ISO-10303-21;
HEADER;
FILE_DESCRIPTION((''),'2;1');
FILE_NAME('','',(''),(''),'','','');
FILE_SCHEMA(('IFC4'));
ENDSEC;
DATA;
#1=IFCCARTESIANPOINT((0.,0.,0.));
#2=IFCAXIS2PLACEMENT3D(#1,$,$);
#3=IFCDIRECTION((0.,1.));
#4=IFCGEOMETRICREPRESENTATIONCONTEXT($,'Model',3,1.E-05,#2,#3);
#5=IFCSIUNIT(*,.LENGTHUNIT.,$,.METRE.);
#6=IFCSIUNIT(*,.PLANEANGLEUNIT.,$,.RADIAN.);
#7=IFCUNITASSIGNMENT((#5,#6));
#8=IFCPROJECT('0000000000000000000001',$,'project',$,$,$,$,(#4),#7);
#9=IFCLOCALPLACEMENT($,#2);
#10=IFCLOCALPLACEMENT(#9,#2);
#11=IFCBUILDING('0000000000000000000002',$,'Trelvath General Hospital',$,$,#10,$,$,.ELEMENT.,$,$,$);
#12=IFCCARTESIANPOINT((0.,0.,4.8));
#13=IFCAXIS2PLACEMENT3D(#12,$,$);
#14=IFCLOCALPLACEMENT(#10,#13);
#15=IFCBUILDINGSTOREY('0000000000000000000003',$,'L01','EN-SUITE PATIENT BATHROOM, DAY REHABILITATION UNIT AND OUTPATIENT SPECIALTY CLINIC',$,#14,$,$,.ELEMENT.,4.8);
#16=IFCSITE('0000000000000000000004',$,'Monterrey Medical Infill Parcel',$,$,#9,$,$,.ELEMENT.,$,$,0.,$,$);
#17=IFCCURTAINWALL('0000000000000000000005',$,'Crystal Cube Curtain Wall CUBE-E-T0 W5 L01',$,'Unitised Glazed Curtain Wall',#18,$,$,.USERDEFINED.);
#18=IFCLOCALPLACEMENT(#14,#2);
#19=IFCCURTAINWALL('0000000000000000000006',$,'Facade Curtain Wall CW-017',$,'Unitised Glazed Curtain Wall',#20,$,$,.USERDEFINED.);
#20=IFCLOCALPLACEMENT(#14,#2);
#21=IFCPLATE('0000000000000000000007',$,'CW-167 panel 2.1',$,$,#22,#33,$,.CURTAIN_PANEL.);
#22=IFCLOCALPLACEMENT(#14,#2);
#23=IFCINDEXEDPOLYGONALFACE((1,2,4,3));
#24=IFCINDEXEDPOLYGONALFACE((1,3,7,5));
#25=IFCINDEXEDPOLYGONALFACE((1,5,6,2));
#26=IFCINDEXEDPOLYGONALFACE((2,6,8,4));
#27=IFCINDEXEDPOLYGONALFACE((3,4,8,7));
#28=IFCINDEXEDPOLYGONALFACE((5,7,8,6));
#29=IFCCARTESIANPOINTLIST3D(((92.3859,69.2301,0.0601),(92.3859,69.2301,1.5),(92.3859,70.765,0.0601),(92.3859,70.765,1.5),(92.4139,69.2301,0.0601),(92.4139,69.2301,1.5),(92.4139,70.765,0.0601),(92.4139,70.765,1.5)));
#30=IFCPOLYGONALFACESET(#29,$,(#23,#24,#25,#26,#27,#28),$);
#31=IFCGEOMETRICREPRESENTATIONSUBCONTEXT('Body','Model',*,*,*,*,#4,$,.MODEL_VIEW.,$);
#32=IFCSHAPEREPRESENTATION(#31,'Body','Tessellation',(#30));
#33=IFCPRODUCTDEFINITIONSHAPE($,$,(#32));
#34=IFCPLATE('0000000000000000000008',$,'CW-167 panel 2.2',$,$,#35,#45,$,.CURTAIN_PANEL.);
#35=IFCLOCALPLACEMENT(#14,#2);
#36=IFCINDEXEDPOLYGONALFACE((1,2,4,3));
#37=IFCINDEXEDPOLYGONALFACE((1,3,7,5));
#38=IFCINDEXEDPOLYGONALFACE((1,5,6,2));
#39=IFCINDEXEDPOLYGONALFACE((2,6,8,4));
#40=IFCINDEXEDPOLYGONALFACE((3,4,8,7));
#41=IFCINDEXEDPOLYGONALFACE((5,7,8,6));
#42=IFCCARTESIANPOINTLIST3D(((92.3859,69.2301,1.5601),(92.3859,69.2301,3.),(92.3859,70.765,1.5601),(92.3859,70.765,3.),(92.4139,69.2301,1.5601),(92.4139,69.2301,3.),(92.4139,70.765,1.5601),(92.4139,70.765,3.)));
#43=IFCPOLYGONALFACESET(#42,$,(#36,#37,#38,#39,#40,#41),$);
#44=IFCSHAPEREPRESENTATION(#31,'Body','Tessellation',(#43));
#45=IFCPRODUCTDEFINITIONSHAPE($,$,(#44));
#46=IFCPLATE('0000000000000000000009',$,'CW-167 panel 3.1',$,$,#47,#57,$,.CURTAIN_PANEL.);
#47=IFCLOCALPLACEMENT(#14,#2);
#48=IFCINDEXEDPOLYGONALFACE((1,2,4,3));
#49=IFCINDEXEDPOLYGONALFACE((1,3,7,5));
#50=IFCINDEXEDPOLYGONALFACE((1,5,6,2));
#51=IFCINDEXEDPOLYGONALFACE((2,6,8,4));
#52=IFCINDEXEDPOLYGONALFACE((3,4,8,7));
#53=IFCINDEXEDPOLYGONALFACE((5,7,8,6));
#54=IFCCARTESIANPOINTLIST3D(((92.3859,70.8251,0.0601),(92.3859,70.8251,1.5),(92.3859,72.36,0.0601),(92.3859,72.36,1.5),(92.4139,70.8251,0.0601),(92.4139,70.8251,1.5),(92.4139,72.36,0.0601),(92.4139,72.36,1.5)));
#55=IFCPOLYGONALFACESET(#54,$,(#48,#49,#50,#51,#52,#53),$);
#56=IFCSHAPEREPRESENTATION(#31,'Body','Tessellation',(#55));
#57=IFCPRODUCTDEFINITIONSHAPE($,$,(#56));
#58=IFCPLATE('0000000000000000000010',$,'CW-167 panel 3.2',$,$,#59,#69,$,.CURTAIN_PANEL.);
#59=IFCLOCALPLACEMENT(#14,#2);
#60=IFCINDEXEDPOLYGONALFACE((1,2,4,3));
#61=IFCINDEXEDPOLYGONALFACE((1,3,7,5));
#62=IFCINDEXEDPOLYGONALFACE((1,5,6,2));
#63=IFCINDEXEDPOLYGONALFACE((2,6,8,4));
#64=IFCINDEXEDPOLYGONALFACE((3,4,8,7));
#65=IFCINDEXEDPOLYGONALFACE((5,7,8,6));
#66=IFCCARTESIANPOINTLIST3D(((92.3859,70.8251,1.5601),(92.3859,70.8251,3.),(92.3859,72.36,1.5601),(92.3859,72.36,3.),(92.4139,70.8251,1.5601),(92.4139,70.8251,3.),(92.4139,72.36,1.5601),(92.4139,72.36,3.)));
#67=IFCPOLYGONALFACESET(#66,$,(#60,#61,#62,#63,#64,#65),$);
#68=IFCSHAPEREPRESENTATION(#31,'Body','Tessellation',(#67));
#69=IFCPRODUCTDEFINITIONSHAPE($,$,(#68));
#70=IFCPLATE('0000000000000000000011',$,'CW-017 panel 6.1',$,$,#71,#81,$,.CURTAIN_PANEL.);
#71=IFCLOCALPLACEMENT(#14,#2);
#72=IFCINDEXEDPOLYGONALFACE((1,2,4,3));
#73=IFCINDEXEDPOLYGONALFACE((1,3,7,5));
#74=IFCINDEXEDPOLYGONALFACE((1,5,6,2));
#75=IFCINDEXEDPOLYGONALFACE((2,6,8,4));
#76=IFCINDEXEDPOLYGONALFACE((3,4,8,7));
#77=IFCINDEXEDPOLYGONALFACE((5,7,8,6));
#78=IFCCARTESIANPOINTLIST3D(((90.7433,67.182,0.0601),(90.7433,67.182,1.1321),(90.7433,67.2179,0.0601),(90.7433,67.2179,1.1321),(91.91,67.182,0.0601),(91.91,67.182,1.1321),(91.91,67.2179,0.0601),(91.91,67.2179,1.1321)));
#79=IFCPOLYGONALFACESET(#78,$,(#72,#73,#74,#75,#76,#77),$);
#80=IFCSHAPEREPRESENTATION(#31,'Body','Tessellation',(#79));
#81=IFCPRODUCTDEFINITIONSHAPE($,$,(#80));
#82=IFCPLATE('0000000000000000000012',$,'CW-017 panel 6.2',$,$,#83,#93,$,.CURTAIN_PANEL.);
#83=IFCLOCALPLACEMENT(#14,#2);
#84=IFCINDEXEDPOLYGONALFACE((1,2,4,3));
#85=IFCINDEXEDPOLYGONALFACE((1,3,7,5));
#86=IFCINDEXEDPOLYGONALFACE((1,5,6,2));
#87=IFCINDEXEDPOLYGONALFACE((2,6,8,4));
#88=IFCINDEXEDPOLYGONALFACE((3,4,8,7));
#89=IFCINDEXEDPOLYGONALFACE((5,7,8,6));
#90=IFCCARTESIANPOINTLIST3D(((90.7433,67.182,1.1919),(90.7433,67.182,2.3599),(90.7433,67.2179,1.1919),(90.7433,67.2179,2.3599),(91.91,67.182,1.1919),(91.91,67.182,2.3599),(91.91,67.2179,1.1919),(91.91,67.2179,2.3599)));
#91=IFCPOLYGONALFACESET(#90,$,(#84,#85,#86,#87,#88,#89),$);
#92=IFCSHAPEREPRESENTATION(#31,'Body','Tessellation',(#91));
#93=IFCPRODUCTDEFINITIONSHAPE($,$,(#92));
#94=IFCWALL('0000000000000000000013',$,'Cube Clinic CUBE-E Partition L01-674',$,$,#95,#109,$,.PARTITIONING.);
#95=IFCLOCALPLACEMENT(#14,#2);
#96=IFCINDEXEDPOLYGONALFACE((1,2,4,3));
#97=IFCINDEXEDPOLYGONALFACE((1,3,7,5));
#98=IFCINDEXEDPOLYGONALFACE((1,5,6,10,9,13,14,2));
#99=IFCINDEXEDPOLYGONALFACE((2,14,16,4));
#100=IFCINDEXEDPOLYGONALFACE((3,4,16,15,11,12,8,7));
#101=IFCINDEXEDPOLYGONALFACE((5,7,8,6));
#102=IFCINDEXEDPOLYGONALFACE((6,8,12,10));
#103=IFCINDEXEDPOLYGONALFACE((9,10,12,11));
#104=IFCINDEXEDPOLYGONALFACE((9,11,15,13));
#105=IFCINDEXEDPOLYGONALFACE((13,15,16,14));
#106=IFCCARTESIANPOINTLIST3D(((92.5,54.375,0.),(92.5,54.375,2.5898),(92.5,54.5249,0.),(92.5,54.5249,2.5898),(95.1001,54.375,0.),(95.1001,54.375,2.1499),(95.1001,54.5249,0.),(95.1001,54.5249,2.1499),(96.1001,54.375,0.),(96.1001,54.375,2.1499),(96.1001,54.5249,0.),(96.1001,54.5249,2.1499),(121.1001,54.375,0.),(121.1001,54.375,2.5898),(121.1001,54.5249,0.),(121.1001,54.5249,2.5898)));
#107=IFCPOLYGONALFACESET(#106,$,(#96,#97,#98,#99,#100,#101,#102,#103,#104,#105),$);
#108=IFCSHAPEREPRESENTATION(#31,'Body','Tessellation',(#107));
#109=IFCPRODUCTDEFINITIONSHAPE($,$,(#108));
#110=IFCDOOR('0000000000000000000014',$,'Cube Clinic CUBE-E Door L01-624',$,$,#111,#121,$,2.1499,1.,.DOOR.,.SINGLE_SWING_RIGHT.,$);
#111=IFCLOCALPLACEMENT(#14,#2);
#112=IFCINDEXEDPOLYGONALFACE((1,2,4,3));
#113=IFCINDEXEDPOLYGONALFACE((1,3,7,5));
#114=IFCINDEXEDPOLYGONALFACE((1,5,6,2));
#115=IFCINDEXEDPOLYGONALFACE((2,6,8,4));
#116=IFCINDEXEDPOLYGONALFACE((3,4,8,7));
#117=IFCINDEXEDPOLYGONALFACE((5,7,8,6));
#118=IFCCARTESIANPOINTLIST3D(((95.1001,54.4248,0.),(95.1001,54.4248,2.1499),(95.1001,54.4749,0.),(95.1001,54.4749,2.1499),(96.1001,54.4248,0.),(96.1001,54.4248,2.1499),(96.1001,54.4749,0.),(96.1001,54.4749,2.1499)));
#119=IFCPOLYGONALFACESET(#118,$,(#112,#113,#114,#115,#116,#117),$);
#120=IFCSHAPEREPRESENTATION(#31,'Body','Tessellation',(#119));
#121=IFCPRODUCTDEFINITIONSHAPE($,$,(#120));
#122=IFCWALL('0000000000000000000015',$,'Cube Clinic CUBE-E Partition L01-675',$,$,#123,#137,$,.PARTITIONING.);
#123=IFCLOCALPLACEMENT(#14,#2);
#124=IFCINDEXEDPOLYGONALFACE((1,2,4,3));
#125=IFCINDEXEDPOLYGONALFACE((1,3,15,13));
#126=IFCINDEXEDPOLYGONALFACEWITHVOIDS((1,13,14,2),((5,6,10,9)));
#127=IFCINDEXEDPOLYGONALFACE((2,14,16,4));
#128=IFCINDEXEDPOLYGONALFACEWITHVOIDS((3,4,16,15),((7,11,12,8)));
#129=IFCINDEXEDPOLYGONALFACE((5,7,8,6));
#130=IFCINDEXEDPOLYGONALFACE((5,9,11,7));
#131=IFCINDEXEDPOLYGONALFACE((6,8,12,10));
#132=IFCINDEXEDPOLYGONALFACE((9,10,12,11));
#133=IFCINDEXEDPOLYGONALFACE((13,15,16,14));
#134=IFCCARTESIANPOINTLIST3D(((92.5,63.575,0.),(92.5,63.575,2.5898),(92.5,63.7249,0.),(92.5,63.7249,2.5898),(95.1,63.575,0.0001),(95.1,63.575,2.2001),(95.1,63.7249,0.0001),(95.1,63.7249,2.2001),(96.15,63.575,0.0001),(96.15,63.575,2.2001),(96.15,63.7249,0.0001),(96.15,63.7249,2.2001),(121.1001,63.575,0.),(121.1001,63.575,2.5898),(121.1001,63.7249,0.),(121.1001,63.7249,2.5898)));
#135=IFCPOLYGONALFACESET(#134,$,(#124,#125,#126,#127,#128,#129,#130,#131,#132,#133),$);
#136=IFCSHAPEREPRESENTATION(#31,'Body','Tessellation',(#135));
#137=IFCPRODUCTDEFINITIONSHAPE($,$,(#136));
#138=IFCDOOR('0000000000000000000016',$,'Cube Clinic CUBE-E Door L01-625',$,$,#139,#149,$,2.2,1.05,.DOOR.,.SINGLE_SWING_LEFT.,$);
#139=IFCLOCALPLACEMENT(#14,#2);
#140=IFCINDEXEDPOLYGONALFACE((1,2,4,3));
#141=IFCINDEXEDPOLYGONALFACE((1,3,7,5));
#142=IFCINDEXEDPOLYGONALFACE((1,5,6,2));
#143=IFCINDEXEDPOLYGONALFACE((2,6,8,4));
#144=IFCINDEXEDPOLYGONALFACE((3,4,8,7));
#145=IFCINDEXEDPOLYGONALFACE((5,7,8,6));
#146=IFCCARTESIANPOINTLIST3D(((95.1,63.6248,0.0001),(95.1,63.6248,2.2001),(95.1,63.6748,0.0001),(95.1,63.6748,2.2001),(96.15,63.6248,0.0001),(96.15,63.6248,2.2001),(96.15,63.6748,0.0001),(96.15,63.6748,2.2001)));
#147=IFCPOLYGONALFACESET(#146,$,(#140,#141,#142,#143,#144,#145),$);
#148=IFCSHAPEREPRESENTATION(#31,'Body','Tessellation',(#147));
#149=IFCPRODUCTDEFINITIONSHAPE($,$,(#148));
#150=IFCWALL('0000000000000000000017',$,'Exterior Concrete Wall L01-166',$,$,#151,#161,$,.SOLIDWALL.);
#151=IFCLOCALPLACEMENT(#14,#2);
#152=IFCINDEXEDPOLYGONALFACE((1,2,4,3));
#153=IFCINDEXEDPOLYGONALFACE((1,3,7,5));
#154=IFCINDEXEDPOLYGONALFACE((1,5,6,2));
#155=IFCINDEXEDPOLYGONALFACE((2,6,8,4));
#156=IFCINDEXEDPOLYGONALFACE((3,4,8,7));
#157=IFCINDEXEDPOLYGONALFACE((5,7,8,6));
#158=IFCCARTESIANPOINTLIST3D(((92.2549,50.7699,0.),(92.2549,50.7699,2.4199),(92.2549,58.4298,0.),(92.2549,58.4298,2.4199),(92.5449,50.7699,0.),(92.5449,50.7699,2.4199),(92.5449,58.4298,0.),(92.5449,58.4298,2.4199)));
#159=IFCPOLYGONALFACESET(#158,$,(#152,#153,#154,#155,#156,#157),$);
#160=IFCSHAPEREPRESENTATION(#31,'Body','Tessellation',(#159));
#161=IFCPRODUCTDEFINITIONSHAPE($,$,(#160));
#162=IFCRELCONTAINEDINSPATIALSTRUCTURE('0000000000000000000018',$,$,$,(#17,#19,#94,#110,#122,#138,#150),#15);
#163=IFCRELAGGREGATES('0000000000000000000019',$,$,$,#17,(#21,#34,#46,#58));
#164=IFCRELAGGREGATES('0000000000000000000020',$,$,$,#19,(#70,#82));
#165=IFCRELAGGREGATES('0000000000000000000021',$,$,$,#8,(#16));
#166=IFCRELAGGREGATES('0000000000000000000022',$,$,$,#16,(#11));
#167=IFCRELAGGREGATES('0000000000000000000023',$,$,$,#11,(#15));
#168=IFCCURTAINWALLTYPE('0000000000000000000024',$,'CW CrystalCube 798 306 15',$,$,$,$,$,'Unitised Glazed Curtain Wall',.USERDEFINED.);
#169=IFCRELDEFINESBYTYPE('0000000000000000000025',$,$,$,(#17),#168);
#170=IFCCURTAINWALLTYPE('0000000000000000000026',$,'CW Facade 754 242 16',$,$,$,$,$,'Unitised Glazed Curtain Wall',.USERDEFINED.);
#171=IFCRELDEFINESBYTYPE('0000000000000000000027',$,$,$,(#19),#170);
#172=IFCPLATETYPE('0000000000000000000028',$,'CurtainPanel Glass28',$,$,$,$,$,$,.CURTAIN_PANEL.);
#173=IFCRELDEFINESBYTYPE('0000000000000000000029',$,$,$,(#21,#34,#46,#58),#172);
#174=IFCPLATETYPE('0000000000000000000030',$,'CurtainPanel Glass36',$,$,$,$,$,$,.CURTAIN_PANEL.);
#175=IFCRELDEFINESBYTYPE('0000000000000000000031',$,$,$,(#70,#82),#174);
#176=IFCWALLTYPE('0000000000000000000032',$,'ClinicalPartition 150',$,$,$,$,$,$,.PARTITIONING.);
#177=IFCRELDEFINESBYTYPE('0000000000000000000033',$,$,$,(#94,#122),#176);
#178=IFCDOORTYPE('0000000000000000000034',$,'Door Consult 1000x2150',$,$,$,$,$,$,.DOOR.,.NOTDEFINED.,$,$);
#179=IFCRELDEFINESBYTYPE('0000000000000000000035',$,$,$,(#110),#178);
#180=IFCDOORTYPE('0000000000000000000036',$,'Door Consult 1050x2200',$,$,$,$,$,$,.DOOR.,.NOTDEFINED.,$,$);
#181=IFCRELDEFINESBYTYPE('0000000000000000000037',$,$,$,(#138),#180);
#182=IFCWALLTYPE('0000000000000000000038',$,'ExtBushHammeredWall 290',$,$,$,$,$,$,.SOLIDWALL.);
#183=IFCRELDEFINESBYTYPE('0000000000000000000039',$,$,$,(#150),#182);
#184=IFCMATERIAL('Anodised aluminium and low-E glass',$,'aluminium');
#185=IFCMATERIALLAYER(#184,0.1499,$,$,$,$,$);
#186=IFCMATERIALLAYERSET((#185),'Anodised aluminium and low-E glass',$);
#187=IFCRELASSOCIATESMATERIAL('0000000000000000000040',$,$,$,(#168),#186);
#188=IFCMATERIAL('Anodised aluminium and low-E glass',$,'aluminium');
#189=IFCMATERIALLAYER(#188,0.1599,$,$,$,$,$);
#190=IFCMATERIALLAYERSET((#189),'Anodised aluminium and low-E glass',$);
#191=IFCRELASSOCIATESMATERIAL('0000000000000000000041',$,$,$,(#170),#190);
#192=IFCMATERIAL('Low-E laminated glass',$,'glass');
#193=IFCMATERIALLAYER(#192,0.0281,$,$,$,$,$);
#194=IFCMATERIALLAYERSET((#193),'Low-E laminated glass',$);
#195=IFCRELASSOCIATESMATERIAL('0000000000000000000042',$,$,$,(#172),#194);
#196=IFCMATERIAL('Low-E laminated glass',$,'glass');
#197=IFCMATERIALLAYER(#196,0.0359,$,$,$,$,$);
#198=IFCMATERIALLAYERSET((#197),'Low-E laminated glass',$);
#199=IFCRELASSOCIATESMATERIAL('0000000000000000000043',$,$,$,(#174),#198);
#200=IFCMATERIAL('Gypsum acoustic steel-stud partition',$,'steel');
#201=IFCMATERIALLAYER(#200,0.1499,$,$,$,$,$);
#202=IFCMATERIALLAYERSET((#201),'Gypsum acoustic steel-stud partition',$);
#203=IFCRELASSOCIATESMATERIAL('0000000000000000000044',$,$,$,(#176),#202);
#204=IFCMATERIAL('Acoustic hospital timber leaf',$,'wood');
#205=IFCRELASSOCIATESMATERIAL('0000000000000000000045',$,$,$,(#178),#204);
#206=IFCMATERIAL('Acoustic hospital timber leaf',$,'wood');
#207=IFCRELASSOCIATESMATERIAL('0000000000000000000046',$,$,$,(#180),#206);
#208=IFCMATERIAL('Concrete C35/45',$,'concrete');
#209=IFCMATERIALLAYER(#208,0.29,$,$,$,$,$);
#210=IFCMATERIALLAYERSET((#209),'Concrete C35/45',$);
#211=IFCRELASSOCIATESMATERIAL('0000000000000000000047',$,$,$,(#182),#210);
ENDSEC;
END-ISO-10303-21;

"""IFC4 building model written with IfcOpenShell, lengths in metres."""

from ifc_helpers import new_model, si_unit, direction, frame, frame_2d, origin, origin_2d, place, context, subcontext, project, spatial, rectangle, extrude, material, layer, layer_set, type_object, element, fill, aggregate, save


model = new_model("IFC4")

# Units and contexts
model_context = context("Model", 3, precision=1e-05, world=origin(), true_north=direction((0.0, 1.0)))
body_context = subcontext(model_context, "Body", "Model", "MODEL_VIEW")
ifc_project = project(units=[si_unit("LENGTHUNIT", "METRE"), si_unit("PLANEANGLEUNIT", "RADIAN")], contexts=[model_context])

# Site, building, storey
site_placement = place(None, origin())
site = spatial("IfcSite", under=ifc_project, at=site_placement, Name="Monterrey Medical Infill Parcel", CompositionType="ELEMENT", RefElevation=0.0)
building_placement = place(site_placement, origin())
building = spatial("IfcBuilding", under=site, at=building_placement, Name="Trelvath General Hospital", CompositionType="ELEMENT")
storey_placement = place(building_placement, frame((0.0, 0.0, 4.8)))
storey = spatial("IfcBuildingStorey", under=building, at=storey_placement, Name="L01", Description="EN-SUITE PATIENT BATHROOM, DAY REHABILITATION UNIT AND OUTPATIENT SPECIALTY CLINIC", CompositionType="ELEMENT", Elevation=4.8)

# Curtain wall
ifc_material_1 = material(Name="Anodised aluminium and low-E glass", Category="aluminium")
ifc_layer_1 = layer(ifc_material_1, 0.1499)
ifc_layer_set_1 = layer_set([ifc_layer_1], Name="Anodised aluminium and low-E glass")
curtain_wall_type_1 = type_object("IfcCurtainWallType", Name="CW CrystalCube 798 306 15", ElementType="Unitised Glazed Curtain Wall", PredefinedType="USERDEFINED", material=ifc_layer_set_1)
curtain_wall_1_placement = place(storey_placement, origin())
curtain_wall_1 = element("IfcCurtainWall", 1, at=curtain_wall_1_placement, inside=storey, type_object=curtain_wall_type_1, Name="Crystal Cube Curtain Wall CUBE-E-T0 W5 L01", ObjectType="Unitised Glazed Curtain Wall", PredefinedType="USERDEFINED")

# Curtain wall
ifc_material_2 = material(Name="Anodised aluminium and low-E glass", Category="aluminium")
ifc_layer_2 = layer(ifc_material_2, 0.1599)
ifc_layer_set_2 = layer_set([ifc_layer_2], Name="Anodised aluminium and low-E glass")
curtain_wall_type_2 = type_object("IfcCurtainWallType", Name="CW Facade 754 242 16", ElementType="Unitised Glazed Curtain Wall", PredefinedType="USERDEFINED", material=ifc_layer_set_2)
curtain_wall_2_placement = place(storey_placement, origin())
curtain_wall_2 = element("IfcCurtainWall", 2, at=curtain_wall_2_placement, inside=storey, type_object=curtain_wall_type_2, Name="Facade Curtain Wall CW-017", ObjectType="Unitised Glazed Curtain Wall", PredefinedType="USERDEFINED")

# Plates
ifc_material_3 = material(Name="Low-E laminated glass", Category="glass")
ifc_layer_3 = layer(ifc_material_3, 0.0281)
ifc_layer_set_3 = layer_set([ifc_layer_3], Name="Low-E laminated glass")
plate_type_1 = type_object("IfcPlateType", Name="CurtainPanel Glass28", PredefinedType="CURTAIN_PANEL", material=ifc_layer_set_3)
plate_1_placement = place(storey_placement, frame((92.3999, 69.9976, 0.0601), z_axis=(0.0, 0.0, 1.0), x_axis=(0.0, 1.0, 0.0)))
plate_1 = element("IfcPlate", 3, at=plate_1_placement, type_object=plate_type_1, Name="CW-167 panel 2.1", PredefinedType="CURTAIN_PANEL", context=body_context, shape_type="SweptSolid", body=[
    extrude(rectangle(XDim=1.5349, YDim=0.0281, at=origin_2d()), origin(), (0.0, 0.0, 1.0), 1.4399),
])
plate_2_placement = place(storey_placement, frame((92.3999, 69.9976, 1.5601), z_axis=(0.0, 0.0, 1.0), x_axis=(0.0, 1.0, 0.0)))
plate_2 = element("IfcPlate", 4, at=plate_2_placement, type_object=plate_type_1, Name="CW-167 panel 2.2", PredefinedType="CURTAIN_PANEL", context=body_context, shape_type="SweptSolid", body=[
    extrude(rectangle(XDim=1.5349, YDim=0.0281, at=origin_2d()), origin(), (0.0, 0.0, 1.0), 1.4399),
])
plate_3_placement = place(storey_placement, frame((92.3999, 71.5925, 0.0601), z_axis=(0.0, 0.0, 1.0), x_axis=(0.0, 1.0, 0.0)))
plate_3 = element("IfcPlate", 5, at=plate_3_placement, type_object=plate_type_1, Name="CW-167 panel 3.1", PredefinedType="CURTAIN_PANEL", context=body_context, shape_type="SweptSolid", body=[
    extrude(rectangle(XDim=1.5349, YDim=0.0281, at=origin_2d()), origin(), (0.0, 0.0, 1.0), 1.4399),
])
plate_4_placement = place(storey_placement, frame((92.3999, 71.5925, 1.5601), z_axis=(0.0, 0.0, 1.0), x_axis=(0.0, 1.0, 0.0)))
plate_4 = element("IfcPlate", 6, at=plate_4_placement, type_object=plate_type_1, Name="CW-167 panel 3.2", PredefinedType="CURTAIN_PANEL", context=body_context, shape_type="SweptSolid", body=[
    extrude(rectangle(XDim=1.5349, YDim=0.0281, at=origin_2d()), origin(), (0.0, 0.0, 1.0), 1.4399),
])
aggregate(curtain_wall_1, [plate_1, plate_2, plate_3, plate_4])
ifc_material_4 = material(Name="Low-E laminated glass", Category="glass")
ifc_layer_4 = layer(ifc_material_4, 0.0359)
ifc_layer_set_4 = layer_set([ifc_layer_4], Name="Low-E laminated glass")
plate_type_2 = type_object("IfcPlateType", Name="CurtainPanel Glass36", PredefinedType="CURTAIN_PANEL", material=ifc_layer_set_4)
plate_5_placement = place(storey_placement, frame((91.3267, 67.2, 0.0601), z_axis=(0.0, 0.0, 1.0), x_axis=(1.0, 0.0, 0.0)))
plate_5 = element("IfcPlate", 7, at=plate_5_placement, type_object=plate_type_2, Name="CW-017 panel 6.1", PredefinedType="CURTAIN_PANEL", context=body_context, shape_type="SweptSolid", body=[
    extrude(rectangle(XDim=1.1667, YDim=0.0359, at=origin_2d()), origin(), (0.0, 0.0, 1.0), 1.072),
])
plate_6_placement = place(storey_placement, frame((91.3267, 67.2, 1.1919), z_axis=(0.0, 0.0, 1.0), x_axis=(1.0, 0.0, 0.0)))
plate_6 = element("IfcPlate", 8, at=plate_6_placement, type_object=plate_type_2, Name="CW-017 panel 6.2", PredefinedType="CURTAIN_PANEL", context=body_context, shape_type="SweptSolid", body=[
    extrude(rectangle(XDim=1.1667, YDim=0.0359, at=origin_2d()), origin(), (0.0, 0.0, 1.0), 1.168),
])
aggregate(curtain_wall_2, [plate_5, plate_6])

# Walls, openings, doors
ifc_material_5 = material(Name="Gypsum acoustic steel-stud partition", Category="steel")
ifc_layer_5 = layer(ifc_material_5, 0.1499)
ifc_layer_set_5 = layer_set([ifc_layer_5], Name="Gypsum acoustic steel-stud partition")
wall_type_1 = type_object("IfcWallType", Name="ClinicalPartition 150", PredefinedType="PARTITIONING", material=ifc_layer_set_5)
wall_1_placement = place(storey_placement, frame((92.5, 54.45, 0.0), z_axis=(0.0, 0.0, 1.0), x_axis=(1.0, 0.0, 0.0)))
wall_1 = element("IfcWall", 9, at=wall_1_placement, inside=storey, type_object=wall_type_1, Name="Cube Clinic CUBE-E Partition L01-674", PredefinedType="PARTITIONING", context=body_context, shape_type="SweptSolid", body=[
    extrude(rectangle(XDim=28.6001, YDim=0.1499, at=frame_2d((14.3, 0.0))), origin(), (0.0, 0.0, 1.0), 2.5898),
])
opening_1_placement = place(wall_1_placement, frame((2.6001, 0.0, 0.0)))
opening_1 = element("IfcOpeningElement", 10, at=opening_1_placement, cuts=wall_1, PredefinedType="OPENING", context=body_context, shape_type="SweptSolid", body=[
    extrude(rectangle(XDim=1.0, YDim=2.1499, at=frame_2d((0.5, 1.075))), frame((0.0, 0.085, 0.0), z_axis=(0.0, -1.0, 0.0), x_axis=(1.0, 0.0, 0.0)), (0.0, 0.0, 1.0), 0.1699),
])
ifc_material_6 = material(Name="Acoustic hospital timber leaf", Category="wood")
door_type_1 = type_object("IfcDoorType", Name="Door Consult 1000x2150", OperationType="NOTDEFINED", PredefinedType="DOOR", material=ifc_material_6)
door_1_placement = place(opening_1_placement, origin())
door_1 = element("IfcDoor", 11, at=door_1_placement, inside=storey, type_object=door_type_1, Name="Cube Clinic CUBE-E Door L01-624", OperationType="SINGLE_SWING_RIGHT", OverallHeight=2.1499, OverallWidth=1.0, PredefinedType="DOOR", context=body_context, shape_type="SweptSolid", body=[
    extrude(rectangle(XDim=1.0, YDim=2.1499, at=frame_2d((0.5, 1.075))), frame((0.0, 0.0249, 0.0), z_axis=(0.0, -1.0, 0.0), x_axis=(1.0, 0.0, 0.0)), (0.0, 0.0, 1.0), 0.05),
])
fill(opening_1, door_1)
wall_2_placement = place(storey_placement, frame((92.5, 63.6499, 0.0), z_axis=(0.0, 0.0, 1.0), x_axis=(1.0, 0.0, 0.0)))
wall_2 = element("IfcWall", 12, at=wall_2_placement, inside=storey, type_object=wall_type_1, Name="Cube Clinic CUBE-E Partition L01-675", PredefinedType="PARTITIONING", context=body_context, shape_type="SweptSolid", body=[
    extrude(rectangle(XDim=28.6001, YDim=0.1499, at=frame_2d((14.3, 0.0))), origin(), (0.0, 0.0, 1.0), 2.5898),
])
opening_2_placement = place(wall_2_placement, frame((2.6001, 0.0, 0.0)))
opening_2 = element("IfcOpeningElement", 13, at=opening_2_placement, cuts=wall_2, PredefinedType="OPENING", context=body_context, shape_type="SweptSolid", body=[
    extrude(rectangle(XDim=1.05, YDim=2.2, at=frame_2d((0.5249, 1.1001))), frame((0.0, 0.085, 0.0), z_axis=(0.0, -1.0, 0.0), x_axis=(1.0, 0.0, 0.0)), (0.0, 0.0, 1.0), 0.1699),
])
ifc_material_7 = material(Name="Acoustic hospital timber leaf", Category="wood")
door_type_2 = type_object("IfcDoorType", Name="Door Consult 1050x2200", OperationType="NOTDEFINED", PredefinedType="DOOR", material=ifc_material_7)
door_2_placement = place(opening_2_placement, origin())
door_2 = element("IfcDoor", 14, at=door_2_placement, inside=storey, type_object=door_type_2, Name="Cube Clinic CUBE-E Door L01-625", OperationType="SINGLE_SWING_LEFT", OverallHeight=2.2, OverallWidth=1.05, PredefinedType="DOOR", context=body_context, shape_type="SweptSolid", body=[
    extrude(rectangle(XDim=1.05, YDim=2.2, at=frame_2d((0.5249, 1.1001))), frame((0.0, 0.0249, 0.0), z_axis=(0.0, -1.0, 0.0), x_axis=(1.0, 0.0, 0.0)), (0.0, 0.0, 1.0), 0.05),
])
fill(opening_2, door_2)

# Wall
ifc_material_8 = material(Name="Concrete C35/45", Category="concrete")
ifc_layer_6 = layer(ifc_material_8, 0.29)
ifc_layer_set_6 = layer_set([ifc_layer_6], Name="Concrete C35/45")
wall_type_2 = type_object("IfcWallType", Name="ExtBushHammeredWall 290", PredefinedType="SOLIDWALL", material=ifc_layer_set_6)
wall_3_placement = place(storey_placement, frame((92.3999, 58.4299, 0.0), z_axis=(0.0, 0.0, 1.0), x_axis=(0.0, -1.0, 0.0)))
element("IfcWall", 15, at=wall_3_placement, inside=storey, type_object=wall_type_2, Name="Exterior Concrete Wall L01-166", PredefinedType="SOLIDWALL", context=body_context, shape_type="SweptSolid", body=[
    extrude(rectangle(XDim=7.6599, YDim=0.29, at=frame_2d((3.8301, 0.0))), origin(), (0.0, 0.0, 1.0), 2.4199),
])

save(model, "model.ifc")
